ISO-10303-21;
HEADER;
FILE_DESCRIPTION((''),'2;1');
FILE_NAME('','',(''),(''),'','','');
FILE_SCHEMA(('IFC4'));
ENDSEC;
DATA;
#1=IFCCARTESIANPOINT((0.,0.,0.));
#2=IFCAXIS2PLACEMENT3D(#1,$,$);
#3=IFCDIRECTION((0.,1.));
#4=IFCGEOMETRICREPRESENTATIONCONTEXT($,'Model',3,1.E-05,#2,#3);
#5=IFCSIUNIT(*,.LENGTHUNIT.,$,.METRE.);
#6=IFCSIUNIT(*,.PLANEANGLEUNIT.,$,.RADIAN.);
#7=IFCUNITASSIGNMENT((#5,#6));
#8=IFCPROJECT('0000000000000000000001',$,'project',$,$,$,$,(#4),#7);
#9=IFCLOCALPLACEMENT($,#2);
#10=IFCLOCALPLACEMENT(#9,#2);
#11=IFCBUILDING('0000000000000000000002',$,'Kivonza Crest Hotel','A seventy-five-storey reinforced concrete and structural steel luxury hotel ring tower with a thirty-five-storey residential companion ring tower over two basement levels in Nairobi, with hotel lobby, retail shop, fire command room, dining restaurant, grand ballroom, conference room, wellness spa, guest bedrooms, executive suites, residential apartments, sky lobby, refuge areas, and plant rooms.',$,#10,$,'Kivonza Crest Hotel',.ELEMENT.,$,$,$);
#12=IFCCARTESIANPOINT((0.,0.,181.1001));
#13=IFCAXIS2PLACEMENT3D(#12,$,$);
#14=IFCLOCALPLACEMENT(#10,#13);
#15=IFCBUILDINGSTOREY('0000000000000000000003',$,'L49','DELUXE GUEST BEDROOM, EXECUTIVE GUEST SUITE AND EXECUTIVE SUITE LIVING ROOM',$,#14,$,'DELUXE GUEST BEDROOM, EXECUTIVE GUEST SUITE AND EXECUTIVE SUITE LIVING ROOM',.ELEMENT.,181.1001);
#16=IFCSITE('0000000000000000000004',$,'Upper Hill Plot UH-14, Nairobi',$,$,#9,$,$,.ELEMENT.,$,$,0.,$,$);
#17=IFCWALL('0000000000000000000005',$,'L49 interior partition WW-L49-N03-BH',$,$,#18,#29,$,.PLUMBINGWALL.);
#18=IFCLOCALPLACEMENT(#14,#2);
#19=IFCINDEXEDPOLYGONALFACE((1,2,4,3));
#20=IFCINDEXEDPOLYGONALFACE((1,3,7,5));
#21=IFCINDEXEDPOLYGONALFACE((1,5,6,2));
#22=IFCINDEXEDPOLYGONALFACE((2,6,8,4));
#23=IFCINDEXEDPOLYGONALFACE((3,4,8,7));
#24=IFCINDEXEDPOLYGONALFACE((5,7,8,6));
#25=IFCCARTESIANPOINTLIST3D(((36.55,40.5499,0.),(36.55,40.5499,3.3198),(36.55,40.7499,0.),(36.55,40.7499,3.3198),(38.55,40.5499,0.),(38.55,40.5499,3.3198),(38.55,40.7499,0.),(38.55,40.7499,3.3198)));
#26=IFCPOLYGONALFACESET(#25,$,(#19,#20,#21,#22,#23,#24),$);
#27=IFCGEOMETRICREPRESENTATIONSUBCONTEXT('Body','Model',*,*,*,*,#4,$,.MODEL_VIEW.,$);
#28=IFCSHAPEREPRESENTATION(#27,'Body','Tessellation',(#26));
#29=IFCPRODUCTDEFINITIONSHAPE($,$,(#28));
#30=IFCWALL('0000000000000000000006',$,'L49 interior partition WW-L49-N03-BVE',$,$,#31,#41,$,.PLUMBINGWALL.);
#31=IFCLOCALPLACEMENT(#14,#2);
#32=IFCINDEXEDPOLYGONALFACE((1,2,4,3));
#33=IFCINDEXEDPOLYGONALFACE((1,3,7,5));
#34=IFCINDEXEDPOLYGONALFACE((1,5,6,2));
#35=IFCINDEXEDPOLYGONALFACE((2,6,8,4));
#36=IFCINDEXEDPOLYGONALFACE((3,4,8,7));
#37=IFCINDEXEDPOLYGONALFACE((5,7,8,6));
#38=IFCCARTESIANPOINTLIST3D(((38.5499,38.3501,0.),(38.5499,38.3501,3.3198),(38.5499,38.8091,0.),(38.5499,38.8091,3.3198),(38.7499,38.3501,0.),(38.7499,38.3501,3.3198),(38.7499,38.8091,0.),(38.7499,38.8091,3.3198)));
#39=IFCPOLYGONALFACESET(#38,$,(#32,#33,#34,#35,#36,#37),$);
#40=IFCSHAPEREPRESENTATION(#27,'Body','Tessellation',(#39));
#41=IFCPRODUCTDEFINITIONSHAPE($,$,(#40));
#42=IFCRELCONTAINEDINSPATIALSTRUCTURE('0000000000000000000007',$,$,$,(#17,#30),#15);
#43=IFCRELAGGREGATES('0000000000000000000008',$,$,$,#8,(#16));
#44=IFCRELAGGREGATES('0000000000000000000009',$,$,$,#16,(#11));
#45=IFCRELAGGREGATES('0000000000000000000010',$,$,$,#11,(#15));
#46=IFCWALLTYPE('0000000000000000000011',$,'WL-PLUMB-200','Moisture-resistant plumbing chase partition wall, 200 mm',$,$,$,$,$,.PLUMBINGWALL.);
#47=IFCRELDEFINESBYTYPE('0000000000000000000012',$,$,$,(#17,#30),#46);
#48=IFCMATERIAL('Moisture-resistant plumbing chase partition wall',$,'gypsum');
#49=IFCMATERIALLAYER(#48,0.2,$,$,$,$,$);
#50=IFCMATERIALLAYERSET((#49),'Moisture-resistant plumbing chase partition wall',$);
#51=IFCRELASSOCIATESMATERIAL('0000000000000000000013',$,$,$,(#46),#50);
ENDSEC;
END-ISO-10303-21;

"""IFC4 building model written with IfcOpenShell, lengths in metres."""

from ifc_helpers import new_model, si_unit, direction, frame, frame_2d, origin, place, context, subcontext, project, spatial, rectangle, extrude, material, layer, layer_set, type_object, element, save


model = new_model("IFC4")

# Units and contexts
model_context = context("Model", 3, precision=1e-05, world=origin(), true_north=direction((0.0, 1.0)))
body_context = subcontext(model_context, "Body", "Model", "MODEL_VIEW")
ifc_project = project(units=[si_unit("LENGTHUNIT", "METRE"), si_unit("PLANEANGLEUNIT", "RADIAN")], contexts=[model_context])

# Site, building, storey
site_placement = place(None, origin())
site = spatial("IfcSite", under=ifc_project, at=site_placement, Name="Upper Hill Plot UH-14, Nairobi", CompositionType="ELEMENT", RefElevation=0.0)
building_placement = place(site_placement, origin())
building = spatial("IfcBuilding", under=site, at=building_placement, Name="Kivonza Crest Hotel", Description="A seventy-five-storey reinforced concrete and structural steel luxury hotel ring tower with a thirty-five-storey residential companion ring tower over two basement levels in Nairobi, with hotel lobby, retail shop, fire command room, dining restaurant, grand ballroom, conference room, wellness spa, guest bedrooms, executive suites, residential apartments, sky lobby, refuge areas, and plant rooms.", LongName="Kivonza Crest Hotel", CompositionType="ELEMENT")
storey_placement = place(building_placement, frame((0.0, 0.0, 181.1001)))
storey = spatial("IfcBuildingStorey", under=building, at=storey_placement, Name="L49", Description="DELUXE GUEST BEDROOM, EXECUTIVE GUEST SUITE AND EXECUTIVE SUITE LIVING ROOM", LongName="DELUXE GUEST BEDROOM, EXECUTIVE GUEST SUITE AND EXECUTIVE SUITE LIVING ROOM", CompositionType="ELEMENT", Elevation=181.1001)

# Shared definitions
ifc_material_1 = material(Name="Moisture-resistant plumbing chase partition wall", Category="gypsum")
ifc_layer_1 = layer(ifc_material_1, 0.2)
ifc_layer_set_1 = layer_set([ifc_layer_1], Name="Moisture-resistant plumbing chase partition wall")
wall_type_1 = type_object("IfcWallType", Name="WL-PLUMB-200", Description="Moisture-resistant plumbing chase partition wall, 200 mm", PredefinedType="PLUMBINGWALL", material=ifc_layer_set_1)

# Walls
wall_1_placement = place(storey_placement, frame((36.55, 40.6499, 0.0), z_axis=(0.0, 0.0, 1.0), x_axis=(1.0, 0.0, 0.0)))
element("IfcWall", 1, at=wall_1_placement, inside=storey, type_object=wall_type_1, Name="L49 interior partition WW-L49-N03-BH", PredefinedType="PLUMBINGWALL", context=body_context, shape_type="SweptSolid", body=[
    extrude(rectangle(XDim=2.0, YDim=0.2, at=frame_2d((1.0, 0.0))), origin(), (0.0, 0.0, 1.0), 3.3198),
])
wall_2_placement = place(storey_placement, frame((38.6499, 38.3501, 0.0), z_axis=(0.0, 0.0, 1.0), x_axis=(0.0, 1.0, 0.0)))
element("IfcWall", 2, at=wall_2_placement, inside=storey, type_object=wall_type_1, Name="L49 interior partition WW-L49-N03-BVE", PredefinedType="PLUMBINGWALL", context=body_context, shape_type="SweptSolid", body=[
    extrude(rectangle(XDim=0.459, YDim=0.2, at=frame_2d((0.2295, 0.0))), origin(), (0.0, 0.0, 1.0), 3.3198),
])

save(model, "model.ifc")
